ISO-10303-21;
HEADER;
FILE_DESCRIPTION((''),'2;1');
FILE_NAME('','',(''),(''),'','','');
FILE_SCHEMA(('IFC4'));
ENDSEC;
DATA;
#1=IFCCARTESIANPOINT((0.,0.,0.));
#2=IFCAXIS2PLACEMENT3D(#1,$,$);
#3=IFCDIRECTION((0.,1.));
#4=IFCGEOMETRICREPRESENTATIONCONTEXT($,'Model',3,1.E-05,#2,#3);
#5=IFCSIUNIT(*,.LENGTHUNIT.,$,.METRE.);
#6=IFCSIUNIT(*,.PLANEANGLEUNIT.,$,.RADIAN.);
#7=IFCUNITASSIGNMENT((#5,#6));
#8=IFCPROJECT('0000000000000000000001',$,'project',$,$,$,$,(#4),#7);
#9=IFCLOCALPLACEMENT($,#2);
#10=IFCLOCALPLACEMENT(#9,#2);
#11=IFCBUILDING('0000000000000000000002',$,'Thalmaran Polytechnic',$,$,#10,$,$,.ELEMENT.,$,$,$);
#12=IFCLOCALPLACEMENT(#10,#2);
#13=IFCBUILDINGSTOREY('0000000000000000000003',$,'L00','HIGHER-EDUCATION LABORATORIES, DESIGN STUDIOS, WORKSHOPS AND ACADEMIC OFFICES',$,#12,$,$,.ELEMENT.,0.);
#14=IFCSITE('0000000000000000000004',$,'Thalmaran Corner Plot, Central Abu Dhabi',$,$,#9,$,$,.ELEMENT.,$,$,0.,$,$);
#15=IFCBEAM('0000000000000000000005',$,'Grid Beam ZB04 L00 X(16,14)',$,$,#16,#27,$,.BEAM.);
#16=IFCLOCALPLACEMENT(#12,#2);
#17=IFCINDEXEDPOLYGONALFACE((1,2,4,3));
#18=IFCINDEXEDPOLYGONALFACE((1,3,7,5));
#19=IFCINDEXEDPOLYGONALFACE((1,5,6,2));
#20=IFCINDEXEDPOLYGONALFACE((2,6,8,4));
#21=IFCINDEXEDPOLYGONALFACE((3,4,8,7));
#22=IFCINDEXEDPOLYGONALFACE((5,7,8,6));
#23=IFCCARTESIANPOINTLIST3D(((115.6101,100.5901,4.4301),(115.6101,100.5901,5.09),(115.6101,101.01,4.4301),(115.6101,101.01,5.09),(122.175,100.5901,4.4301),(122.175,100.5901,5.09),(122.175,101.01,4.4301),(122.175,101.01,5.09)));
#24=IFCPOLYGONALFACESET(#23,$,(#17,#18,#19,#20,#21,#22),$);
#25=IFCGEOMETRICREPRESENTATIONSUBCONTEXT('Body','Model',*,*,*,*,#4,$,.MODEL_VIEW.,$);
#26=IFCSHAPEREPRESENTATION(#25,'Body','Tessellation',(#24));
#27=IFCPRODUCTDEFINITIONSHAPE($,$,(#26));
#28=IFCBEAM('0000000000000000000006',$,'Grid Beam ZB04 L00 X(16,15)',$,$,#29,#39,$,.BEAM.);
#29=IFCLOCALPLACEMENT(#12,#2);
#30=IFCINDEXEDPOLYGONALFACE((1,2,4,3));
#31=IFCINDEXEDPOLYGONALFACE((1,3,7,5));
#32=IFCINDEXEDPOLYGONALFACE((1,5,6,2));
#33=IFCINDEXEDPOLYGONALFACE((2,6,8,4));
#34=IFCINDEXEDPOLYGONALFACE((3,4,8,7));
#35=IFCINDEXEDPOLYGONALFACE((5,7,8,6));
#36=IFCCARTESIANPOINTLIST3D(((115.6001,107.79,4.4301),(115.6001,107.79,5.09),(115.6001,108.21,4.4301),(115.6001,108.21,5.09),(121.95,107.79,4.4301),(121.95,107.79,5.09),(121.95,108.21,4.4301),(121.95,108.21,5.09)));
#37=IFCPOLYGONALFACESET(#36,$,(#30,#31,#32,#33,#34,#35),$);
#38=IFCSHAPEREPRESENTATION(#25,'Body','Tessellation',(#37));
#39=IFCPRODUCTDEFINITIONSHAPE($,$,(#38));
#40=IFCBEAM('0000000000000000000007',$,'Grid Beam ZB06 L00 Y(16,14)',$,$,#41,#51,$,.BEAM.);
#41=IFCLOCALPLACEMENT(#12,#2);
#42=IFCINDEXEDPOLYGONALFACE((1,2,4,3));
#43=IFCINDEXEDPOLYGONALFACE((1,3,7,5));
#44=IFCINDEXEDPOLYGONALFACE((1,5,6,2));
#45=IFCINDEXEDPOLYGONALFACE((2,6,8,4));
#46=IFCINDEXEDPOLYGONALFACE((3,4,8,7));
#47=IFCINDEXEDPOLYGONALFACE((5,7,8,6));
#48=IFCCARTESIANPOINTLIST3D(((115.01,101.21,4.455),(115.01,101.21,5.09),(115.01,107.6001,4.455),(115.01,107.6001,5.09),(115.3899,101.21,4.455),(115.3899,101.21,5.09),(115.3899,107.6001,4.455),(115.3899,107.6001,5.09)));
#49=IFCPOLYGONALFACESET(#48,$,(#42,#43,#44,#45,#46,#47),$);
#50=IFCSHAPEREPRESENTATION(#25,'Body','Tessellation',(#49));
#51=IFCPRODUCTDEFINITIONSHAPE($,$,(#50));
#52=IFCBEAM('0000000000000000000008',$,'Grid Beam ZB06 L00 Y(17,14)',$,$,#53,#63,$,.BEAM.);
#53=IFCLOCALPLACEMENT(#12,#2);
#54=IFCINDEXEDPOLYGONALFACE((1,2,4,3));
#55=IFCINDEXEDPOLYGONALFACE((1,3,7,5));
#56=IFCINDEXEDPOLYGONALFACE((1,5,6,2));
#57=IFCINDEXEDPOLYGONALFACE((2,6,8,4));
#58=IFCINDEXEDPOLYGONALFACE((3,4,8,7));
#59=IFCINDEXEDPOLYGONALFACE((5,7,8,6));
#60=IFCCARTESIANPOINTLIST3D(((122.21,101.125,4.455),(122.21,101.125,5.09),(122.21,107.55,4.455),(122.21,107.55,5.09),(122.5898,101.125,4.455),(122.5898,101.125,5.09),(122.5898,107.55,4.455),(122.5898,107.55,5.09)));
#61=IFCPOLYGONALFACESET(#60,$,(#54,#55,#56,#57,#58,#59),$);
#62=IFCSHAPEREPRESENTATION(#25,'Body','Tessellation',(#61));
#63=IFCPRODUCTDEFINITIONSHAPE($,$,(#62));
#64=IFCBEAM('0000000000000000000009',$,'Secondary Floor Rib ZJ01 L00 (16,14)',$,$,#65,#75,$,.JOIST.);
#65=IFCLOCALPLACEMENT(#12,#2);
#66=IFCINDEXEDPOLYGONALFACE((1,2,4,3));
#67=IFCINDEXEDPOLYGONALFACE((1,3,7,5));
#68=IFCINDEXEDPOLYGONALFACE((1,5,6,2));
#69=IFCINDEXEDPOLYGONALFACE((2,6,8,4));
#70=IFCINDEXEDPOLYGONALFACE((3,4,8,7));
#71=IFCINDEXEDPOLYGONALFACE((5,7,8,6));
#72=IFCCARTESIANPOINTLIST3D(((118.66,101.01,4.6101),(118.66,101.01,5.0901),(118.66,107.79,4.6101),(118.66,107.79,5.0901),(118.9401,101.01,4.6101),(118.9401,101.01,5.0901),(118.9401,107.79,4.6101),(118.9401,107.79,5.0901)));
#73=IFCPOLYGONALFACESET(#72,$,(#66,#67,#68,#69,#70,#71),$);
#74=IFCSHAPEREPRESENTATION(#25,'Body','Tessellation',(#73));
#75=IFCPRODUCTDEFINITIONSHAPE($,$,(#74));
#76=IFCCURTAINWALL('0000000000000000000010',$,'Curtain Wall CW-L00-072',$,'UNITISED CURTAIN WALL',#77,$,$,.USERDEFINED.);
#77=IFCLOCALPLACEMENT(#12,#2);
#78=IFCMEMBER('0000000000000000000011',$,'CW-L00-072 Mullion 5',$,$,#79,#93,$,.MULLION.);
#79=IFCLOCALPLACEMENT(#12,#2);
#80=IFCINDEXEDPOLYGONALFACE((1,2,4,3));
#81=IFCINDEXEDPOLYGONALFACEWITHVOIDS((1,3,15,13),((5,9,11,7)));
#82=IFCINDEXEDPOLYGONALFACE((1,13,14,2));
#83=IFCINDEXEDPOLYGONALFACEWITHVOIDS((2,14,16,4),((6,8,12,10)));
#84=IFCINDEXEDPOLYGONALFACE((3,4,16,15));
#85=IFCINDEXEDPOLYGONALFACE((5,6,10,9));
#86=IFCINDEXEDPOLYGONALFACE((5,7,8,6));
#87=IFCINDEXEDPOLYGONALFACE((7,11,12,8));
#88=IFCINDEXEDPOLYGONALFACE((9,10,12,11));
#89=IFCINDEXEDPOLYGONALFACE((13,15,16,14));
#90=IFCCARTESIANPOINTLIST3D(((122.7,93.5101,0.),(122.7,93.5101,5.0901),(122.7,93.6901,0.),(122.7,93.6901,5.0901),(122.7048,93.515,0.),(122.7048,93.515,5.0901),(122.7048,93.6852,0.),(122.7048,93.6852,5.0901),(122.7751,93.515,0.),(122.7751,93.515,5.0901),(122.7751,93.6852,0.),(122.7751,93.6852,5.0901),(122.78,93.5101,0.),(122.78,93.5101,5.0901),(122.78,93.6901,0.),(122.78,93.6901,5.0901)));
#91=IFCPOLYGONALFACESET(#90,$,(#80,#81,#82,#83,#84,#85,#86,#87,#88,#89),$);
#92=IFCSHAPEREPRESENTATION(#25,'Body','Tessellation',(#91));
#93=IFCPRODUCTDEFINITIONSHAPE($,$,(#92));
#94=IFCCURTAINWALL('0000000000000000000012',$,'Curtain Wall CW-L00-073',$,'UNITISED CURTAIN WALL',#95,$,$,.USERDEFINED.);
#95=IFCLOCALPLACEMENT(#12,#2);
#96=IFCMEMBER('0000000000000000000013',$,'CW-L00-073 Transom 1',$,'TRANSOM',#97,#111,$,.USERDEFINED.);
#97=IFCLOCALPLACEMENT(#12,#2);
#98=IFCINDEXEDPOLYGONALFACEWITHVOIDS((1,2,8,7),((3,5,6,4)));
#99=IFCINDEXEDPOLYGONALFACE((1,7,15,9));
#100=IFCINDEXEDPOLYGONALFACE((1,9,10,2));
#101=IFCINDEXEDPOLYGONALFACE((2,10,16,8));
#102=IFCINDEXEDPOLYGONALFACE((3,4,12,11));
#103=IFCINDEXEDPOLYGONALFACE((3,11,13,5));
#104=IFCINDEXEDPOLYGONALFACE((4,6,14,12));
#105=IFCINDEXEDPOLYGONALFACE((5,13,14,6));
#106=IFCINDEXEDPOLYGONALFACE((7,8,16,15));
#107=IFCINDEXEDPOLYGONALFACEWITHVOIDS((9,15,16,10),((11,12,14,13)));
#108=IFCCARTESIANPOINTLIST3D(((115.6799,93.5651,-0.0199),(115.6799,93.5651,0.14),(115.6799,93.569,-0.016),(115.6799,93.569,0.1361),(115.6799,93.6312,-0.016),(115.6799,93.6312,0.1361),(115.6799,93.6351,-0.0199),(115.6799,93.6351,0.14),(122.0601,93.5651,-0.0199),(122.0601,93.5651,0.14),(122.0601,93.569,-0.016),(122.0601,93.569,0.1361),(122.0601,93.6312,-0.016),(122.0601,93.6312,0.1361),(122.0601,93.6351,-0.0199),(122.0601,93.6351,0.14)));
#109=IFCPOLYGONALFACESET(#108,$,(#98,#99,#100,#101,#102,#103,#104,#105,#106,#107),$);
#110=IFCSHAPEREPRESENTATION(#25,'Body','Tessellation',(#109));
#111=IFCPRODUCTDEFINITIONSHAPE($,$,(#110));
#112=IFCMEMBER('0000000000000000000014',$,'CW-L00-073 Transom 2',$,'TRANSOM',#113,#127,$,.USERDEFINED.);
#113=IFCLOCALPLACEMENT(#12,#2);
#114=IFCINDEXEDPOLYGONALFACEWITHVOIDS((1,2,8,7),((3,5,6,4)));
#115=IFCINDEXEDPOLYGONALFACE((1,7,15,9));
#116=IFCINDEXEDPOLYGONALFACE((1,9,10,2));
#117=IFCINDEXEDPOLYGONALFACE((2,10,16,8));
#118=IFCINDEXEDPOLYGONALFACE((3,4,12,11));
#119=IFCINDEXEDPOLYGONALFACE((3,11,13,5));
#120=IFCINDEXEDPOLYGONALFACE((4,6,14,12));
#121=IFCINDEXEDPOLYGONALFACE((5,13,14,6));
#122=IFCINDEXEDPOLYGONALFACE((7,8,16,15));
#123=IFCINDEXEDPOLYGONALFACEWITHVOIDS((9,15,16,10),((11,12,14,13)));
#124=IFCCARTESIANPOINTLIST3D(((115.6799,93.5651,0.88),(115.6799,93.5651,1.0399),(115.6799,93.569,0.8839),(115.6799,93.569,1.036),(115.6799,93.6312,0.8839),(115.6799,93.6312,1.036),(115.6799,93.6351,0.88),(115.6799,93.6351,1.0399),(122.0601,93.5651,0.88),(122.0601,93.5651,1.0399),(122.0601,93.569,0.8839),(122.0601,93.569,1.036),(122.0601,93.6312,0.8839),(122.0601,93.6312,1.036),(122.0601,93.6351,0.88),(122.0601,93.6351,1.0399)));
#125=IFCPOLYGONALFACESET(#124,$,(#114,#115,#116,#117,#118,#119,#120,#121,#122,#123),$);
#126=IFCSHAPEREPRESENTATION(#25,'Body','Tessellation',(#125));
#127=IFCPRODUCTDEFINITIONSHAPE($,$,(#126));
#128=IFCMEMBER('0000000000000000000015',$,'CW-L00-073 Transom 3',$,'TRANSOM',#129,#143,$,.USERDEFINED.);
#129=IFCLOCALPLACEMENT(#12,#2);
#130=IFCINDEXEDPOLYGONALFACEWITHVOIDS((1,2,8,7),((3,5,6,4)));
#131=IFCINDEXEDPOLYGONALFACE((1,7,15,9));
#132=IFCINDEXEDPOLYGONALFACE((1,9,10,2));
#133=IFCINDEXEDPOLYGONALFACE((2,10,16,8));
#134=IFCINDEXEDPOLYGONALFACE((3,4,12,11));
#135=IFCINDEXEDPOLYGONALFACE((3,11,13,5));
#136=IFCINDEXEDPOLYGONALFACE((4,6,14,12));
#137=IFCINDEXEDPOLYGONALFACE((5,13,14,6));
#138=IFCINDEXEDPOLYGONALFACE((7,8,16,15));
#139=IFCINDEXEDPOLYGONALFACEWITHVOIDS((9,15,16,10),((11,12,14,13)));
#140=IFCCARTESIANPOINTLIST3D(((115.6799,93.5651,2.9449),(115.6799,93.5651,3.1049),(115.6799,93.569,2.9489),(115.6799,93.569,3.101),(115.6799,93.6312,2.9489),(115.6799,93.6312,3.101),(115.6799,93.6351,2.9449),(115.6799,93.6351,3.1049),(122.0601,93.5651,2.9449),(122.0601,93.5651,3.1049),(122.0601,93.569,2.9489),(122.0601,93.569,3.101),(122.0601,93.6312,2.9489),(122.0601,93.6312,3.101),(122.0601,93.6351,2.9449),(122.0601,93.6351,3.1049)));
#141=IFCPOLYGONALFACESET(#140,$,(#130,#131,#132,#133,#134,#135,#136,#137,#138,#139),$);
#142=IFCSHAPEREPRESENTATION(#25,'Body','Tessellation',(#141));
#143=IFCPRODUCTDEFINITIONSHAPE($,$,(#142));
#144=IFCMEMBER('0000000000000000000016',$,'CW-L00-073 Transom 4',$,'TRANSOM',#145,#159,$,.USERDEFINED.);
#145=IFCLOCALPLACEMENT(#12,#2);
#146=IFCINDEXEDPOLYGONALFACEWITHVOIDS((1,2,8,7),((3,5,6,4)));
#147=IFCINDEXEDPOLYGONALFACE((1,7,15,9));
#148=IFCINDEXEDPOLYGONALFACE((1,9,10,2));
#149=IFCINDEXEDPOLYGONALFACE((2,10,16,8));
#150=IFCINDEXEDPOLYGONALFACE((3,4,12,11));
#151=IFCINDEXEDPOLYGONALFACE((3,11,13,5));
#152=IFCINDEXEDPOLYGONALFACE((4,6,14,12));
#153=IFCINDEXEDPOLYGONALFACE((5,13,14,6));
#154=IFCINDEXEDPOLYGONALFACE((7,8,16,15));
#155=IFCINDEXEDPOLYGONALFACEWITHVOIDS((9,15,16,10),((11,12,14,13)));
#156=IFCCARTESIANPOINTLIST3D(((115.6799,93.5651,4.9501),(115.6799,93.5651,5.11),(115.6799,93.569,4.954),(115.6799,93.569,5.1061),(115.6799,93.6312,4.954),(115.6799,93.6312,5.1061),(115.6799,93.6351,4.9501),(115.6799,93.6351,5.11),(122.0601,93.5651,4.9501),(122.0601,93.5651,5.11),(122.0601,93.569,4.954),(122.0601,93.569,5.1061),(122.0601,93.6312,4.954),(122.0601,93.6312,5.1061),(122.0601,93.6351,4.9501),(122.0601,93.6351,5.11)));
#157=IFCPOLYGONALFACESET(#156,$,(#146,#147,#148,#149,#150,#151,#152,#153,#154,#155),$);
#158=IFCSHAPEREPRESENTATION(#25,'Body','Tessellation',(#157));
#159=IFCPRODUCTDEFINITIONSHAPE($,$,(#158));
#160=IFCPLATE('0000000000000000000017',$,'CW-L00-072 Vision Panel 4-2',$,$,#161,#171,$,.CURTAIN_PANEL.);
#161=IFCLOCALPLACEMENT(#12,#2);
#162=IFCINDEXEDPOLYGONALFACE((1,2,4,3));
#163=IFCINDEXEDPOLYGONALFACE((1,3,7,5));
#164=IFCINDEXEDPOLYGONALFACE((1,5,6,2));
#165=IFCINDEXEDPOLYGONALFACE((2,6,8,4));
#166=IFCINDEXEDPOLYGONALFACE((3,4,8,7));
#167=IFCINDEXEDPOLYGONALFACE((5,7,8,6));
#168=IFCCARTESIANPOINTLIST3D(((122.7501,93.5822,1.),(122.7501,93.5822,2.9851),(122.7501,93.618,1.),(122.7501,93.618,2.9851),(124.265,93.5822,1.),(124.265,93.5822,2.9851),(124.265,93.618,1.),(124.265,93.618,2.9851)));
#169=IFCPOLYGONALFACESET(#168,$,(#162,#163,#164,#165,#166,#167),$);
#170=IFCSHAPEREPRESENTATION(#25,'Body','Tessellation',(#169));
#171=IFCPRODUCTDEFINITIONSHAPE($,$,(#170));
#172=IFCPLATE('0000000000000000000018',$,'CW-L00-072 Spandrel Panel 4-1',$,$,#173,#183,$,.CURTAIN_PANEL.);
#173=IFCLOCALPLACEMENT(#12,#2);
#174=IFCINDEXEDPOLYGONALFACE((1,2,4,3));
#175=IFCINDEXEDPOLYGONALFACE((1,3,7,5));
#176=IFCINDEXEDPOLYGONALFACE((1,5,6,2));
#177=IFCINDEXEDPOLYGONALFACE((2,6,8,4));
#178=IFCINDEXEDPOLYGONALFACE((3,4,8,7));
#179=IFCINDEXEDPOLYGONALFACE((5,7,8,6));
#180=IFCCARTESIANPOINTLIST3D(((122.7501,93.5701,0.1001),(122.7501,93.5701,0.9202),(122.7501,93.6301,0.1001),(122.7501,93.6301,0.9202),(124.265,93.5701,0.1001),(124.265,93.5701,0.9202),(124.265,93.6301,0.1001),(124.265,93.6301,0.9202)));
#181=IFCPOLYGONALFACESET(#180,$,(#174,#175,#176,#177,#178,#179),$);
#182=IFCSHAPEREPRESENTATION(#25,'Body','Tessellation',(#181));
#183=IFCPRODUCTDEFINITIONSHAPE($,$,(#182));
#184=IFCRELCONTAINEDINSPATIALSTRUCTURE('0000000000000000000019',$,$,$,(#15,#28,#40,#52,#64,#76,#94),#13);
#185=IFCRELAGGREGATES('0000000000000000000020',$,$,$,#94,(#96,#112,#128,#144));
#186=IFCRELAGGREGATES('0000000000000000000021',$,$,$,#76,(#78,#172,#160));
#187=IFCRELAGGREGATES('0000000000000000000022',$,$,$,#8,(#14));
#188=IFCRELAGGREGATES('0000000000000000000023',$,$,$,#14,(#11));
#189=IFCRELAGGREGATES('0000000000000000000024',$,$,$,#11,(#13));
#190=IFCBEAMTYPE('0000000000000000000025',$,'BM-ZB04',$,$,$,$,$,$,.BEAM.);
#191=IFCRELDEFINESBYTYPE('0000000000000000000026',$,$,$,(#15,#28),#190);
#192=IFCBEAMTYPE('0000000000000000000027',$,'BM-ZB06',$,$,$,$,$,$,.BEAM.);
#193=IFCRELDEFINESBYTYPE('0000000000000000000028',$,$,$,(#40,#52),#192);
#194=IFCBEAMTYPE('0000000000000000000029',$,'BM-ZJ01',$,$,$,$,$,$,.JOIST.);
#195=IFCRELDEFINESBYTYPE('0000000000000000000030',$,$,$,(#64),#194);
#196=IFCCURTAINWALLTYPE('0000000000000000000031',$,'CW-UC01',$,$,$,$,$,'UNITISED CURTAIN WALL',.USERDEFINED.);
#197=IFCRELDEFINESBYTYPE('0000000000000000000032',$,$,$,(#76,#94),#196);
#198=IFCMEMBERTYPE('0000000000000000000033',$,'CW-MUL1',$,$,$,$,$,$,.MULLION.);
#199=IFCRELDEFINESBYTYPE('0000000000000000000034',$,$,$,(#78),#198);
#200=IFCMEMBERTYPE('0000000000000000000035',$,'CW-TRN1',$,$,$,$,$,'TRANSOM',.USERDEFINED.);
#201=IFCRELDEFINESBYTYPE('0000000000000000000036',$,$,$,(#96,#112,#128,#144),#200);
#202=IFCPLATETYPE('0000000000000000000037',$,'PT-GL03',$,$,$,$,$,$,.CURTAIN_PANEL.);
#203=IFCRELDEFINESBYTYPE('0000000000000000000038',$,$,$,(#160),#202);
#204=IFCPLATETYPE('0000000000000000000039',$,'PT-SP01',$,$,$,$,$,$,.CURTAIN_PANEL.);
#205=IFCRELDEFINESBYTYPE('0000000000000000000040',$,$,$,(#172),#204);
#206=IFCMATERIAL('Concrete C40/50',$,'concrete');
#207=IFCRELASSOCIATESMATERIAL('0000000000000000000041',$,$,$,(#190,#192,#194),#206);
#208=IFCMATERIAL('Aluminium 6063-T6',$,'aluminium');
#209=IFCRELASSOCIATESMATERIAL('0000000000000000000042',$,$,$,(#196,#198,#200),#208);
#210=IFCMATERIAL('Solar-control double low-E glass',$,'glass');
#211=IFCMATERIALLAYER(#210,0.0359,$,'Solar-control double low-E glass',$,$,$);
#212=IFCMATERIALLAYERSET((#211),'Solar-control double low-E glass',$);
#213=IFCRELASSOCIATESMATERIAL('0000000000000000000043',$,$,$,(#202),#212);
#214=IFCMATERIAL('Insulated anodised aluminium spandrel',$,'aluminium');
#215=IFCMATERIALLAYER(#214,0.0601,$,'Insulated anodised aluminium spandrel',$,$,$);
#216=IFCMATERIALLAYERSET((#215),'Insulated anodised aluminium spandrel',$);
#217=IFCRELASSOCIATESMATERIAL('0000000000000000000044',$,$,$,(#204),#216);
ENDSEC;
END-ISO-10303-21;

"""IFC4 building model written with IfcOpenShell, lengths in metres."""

from ifc_helpers import new_model, si_unit, direction, frame, origin, origin_2d, place, context, subcontext, project, spatial, rectangle, hollow_rectangle, extrude, material, layer, layer_set, material_profile, profile_set, type_object, element, aggregate, save


model = new_model("IFC4")

# Units and contexts
model_context = context("Model", 3, precision=1e-05, world=origin(), true_north=direction((0.0, 1.0)))
body_context = subcontext(model_context, "Body", "Model", "MODEL_VIEW")
ifc_project = project(units=[si_unit("LENGTHUNIT", "METRE"), si_unit("PLANEANGLEUNIT", "RADIAN")], contexts=[model_context])

# Site, building, storey
site_placement = place(None, origin())
site = spatial("IfcSite", under=ifc_project, at=site_placement, Name="Thalmaran Corner Plot, Central Abu Dhabi", CompositionType="ELEMENT", RefElevation=0.0)
building_placement = place(site_placement, origin())
building = spatial("IfcBuilding", under=site, at=building_placement, Name="Thalmaran Polytechnic", CompositionType="ELEMENT")
storey_placement = place(building_placement, origin())
storey = spatial("IfcBuildingStorey", under=building, at=storey_placement, Name="L00", Description="HIGHER-EDUCATION LABORATORIES, DESIGN STUDIOS, WORKSHOPS AND ACADEMIC OFFICES", CompositionType="ELEMENT", Elevation=0.0)

# Shared definitions
ifc_material_1 = material(Name="Concrete C40/50", Category="concrete")

# Beams
ifc_material_profile_1 = material_profile(ifc_material_1, rectangle(XDim=0.4199, YDim=0.6599, at=origin_2d()), Name="RC 420x660")
ifc_profile_set_1 = profile_set([ifc_material_profile_1], Name="Concrete C40/50")
beam_type_1 = type_object("IfcBeamType", Name="BM-ZB04", PredefinedType="BEAM", material=ifc_profile_set_1)
beam_1_placement = place(storey_placement, frame((115.6101, 100.8, 4.76), z_axis=(1.0, 0.0, 0.0), x_axis=(0.0, 1.0, 0.0)))
element("IfcBeam", 1, at=beam_1_placement, inside=storey, type_object=beam_type_1, Name="Grid Beam ZB04 L00 X(16,14)", PredefinedType="BEAM", context=body_context, shape_type="SweptSolid", body=[
    extrude(rectangle(XDim=0.4199, YDim=0.6599, at=origin_2d()), origin(), (0.0, 0.0, 1.0), 6.5649),
])
beam_2_placement = place(storey_placement, frame((115.6001, 108.0, 4.76), z_axis=(1.0, 0.0, 0.0), x_axis=(0.0, 1.0, 0.0)))
element("IfcBeam", 2, at=beam_2_placement, inside=storey, type_object=beam_type_1, Name="Grid Beam ZB04 L00 X(16,15)", PredefinedType="BEAM", context=body_context, shape_type="SweptSolid", body=[
    extrude(rectangle(XDim=0.4199, YDim=0.6599, at=origin_2d()), origin(), (0.0, 0.0, 1.0), 6.3499),
])
ifc_material_profile_2 = material_profile(ifc_material_1, rectangle(XDim=0.3799, YDim=0.635, at=origin_2d()), Name="RC 380x635")
ifc_profile_set_2 = profile_set([ifc_material_profile_2], Name="Concrete C40/50")
beam_type_2 = type_object("IfcBeamType", Name="BM-ZB06", PredefinedType="BEAM", material=ifc_profile_set_2)
beam_3_placement = place(storey_placement, frame((115.2, 101.21, 4.7725), z_axis=(0.0, 1.0, 0.0), x_axis=(-1.0, 0.0, 0.0)))
element("IfcBeam", 3, at=beam_3_placement, inside=storey, type_object=beam_type_2, Name="Grid Beam ZB06 L00 Y(16,14)", PredefinedType="BEAM", context=body_context, shape_type="SweptSolid", body=[
    extrude(rectangle(XDim=0.3799, YDim=0.635, at=origin_2d()), origin(), (0.0, 0.0, 1.0), 6.3901),
])
beam_4_placement = place(storey_placement, frame((122.3999, 101.125, 4.7725), z_axis=(0.0, 1.0, 0.0), x_axis=(-1.0, 0.0, 0.0)))
element("IfcBeam", 4, at=beam_4_placement, inside=storey, type_object=beam_type_2, Name="Grid Beam ZB06 L00 Y(17,14)", PredefinedType="BEAM", context=body_context, shape_type="SweptSolid", body=[
    extrude(rectangle(XDim=0.3799, YDim=0.635, at=origin_2d()), origin(), (0.0, 0.0, 1.0), 6.425),
])
ifc_material_profile_3 = material_profile(ifc_material_1, rectangle(XDim=0.28, YDim=0.48, at=origin_2d()), Name="RC 280x480")
ifc_profile_set_3 = profile_set([ifc_material_profile_3], Name="Concrete C40/50")
beam_type_3 = type_object("IfcBeamType", Name="BM-ZJ01", PredefinedType="JOIST", material=ifc_profile_set_3)
beam_5_placement = place(storey_placement, frame((118.8, 101.01, 4.8501), z_axis=(0.0, 1.0, 0.0), x_axis=(-1.0, 0.0, 0.0)))
element("IfcBeam", 5, at=beam_5_placement, inside=storey, type_object=beam_type_3, Name="Secondary Floor Rib ZJ01 L00 (16,14)", PredefinedType="JOIST", context=body_context, shape_type="SweptSolid", body=[
    extrude(rectangle(XDim=0.28, YDim=0.48, at=origin_2d()), origin(), (0.0, 0.0, 1.0), 6.78),
])

# Curtain wall, member
ifc_material_2 = material(Name="Aluminium 6063-T6", Category="aluminium")
curtain_wall_type = type_object("IfcCurtainWallType", Name="CW-UC01", ElementType="UNITISED CURTAIN WALL", PredefinedType="USERDEFINED", material=ifc_material_2)
curtain_wall_1_placement = place(storey_placement, origin())
curtain_wall_1 = element("IfcCurtainWall", 6, at=curtain_wall_1_placement, inside=storey, type_object=curtain_wall_type, Name="Curtain Wall CW-L00-072", ObjectType="UNITISED CURTAIN WALL", PredefinedType="USERDEFINED")
ifc_material_profile_4 = material_profile(ifc_material_2, hollow_rectangle(XDim=0.0801, YDim=0.1799, WallThickness=0.0049, at=origin_2d()), Name="RHS 180x80x5.0")
ifc_profile_set_4 = profile_set([ifc_material_profile_4], Name="Aluminium 6063-T6")
member_type_1 = type_object("IfcMemberType", Name="CW-MUL1", PredefinedType="MULLION", material=ifc_profile_set_4)
member_1_placement = place(storey_placement, frame((122.74, 93.6001, 0.0), z_axis=(0.0, 0.0, 1.0), x_axis=(1.0, 0.0, 0.0)))
member_1 = element("IfcMember", 7, at=member_1_placement, type_object=member_type_1, Name="CW-L00-072 Mullion 5", PredefinedType="MULLION", context=body_context, shape_type="SweptSolid", body=[
    extrude(hollow_rectangle(XDim=0.0801, YDim=0.1799, WallThickness=0.0049, at=origin_2d()), origin(), (0.0, 0.0, 1.0), 5.0901),
])

# Curtain wall, members
curtain_wall_2_placement = place(storey_placement, origin())
curtain_wall_2 = element("IfcCurtainWall", 8, at=curtain_wall_2_placement, inside=storey, type_object=curtain_wall_type, Name="Curtain Wall CW-L00-073", ObjectType="UNITISED CURTAIN WALL", PredefinedType="USERDEFINED")
ifc_material_profile_5 = material_profile(ifc_material_2, hollow_rectangle(XDim=0.0701, YDim=0.1599, WallThickness=0.0039, at=origin_2d()), Name="AL 160x70x4.0")
ifc_profile_set_5 = profile_set([ifc_material_profile_5], Name="Aluminium 6063-T6")
member_type_2 = type_object("IfcMemberType", Name="CW-TRN1", ElementType="TRANSOM", PredefinedType="USERDEFINED", material=ifc_profile_set_5)
member_2_placement = place(storey_placement, frame((122.0601, 93.6001, 0.0601), z_axis=(-1.0, 0.0, 0.0), x_axis=(0.0, -1.0, 0.0)))
member_2 = element("IfcMember", 9, at=member_2_placement, type_object=member_type_2, Name="CW-L00-073 Transom 1", ObjectType="TRANSOM", PredefinedType="USERDEFINED", context=body_context, shape_type="SweptSolid", body=[
    extrude(hollow_rectangle(XDim=0.0701, YDim=0.1599, WallThickness=0.0039, at=origin_2d()), origin(), (0.0, 0.0, 1.0), 6.3801),
])
member_3_placement = place(storey_placement, frame((122.0601, 93.6001, 0.96), z_axis=(-1.0, 0.0, 0.0), x_axis=(0.0, -1.0, 0.0)))
member_3 = element("IfcMember", 10, at=member_3_placement, type_object=member_type_2, Name="CW-L00-073 Transom 2", ObjectType="TRANSOM", PredefinedType="USERDEFINED", context=body_context, shape_type="SweptSolid", body=[
    extrude(hollow_rectangle(XDim=0.0701, YDim=0.1599, WallThickness=0.0039, at=origin_2d()), origin(), (0.0, 0.0, 1.0), 6.3801),
])
member_4_placement = place(storey_placement, frame((122.0601, 93.6001, 3.0249), z_axis=(-1.0, 0.0, 0.0), x_axis=(0.0, -1.0, 0.0)))
member_4 = element("IfcMember", 11, at=member_4_placement, type_object=member_type_2, Name="CW-L00-073 Transom 3", ObjectType="TRANSOM", PredefinedType="USERDEFINED", context=body_context, shape_type="SweptSolid", body=[
    extrude(hollow_rectangle(XDim=0.0701, YDim=0.1599, WallThickness=0.0039, at=origin_2d()), origin(), (0.0, 0.0, 1.0), 6.3801),
])
member_5_placement = place(storey_placement, frame((122.0601, 93.6001, 5.03), z_axis=(-1.0, 0.0, 0.0), x_axis=(0.0, -1.0, 0.0)))
member_5 = element("IfcMember", 12, at=member_5_placement, type_object=member_type_2, Name="CW-L00-073 Transom 4", ObjectType="TRANSOM", PredefinedType="USERDEFINED", context=body_context, shape_type="SweptSolid", body=[
    extrude(hollow_rectangle(XDim=0.0701, YDim=0.1599, WallThickness=0.0039, at=origin_2d()), origin(), (0.0, 0.0, 1.0), 6.3801),
])
aggregate(curtain_wall_2, [member_2, member_3, member_4, member_5])

# Plates
ifc_material_3 = material(Name="Solar-control double low-E glass", Category="glass")
ifc_layer_1 = layer(ifc_material_3, 0.0359, Name="Solar-control double low-E glass")
ifc_layer_set_1 = layer_set([ifc_layer_1], Name="Solar-control double low-E glass")
plate_type_1 = type_object("IfcPlateType", Name="PT-GL03", PredefinedType="CURTAIN_PANEL", material=ifc_layer_set_1)
plate_1_placement = place(storey_placement, frame((123.5076, 93.6001, 1.0), z_axis=(0.0, 0.0, 1.0), x_axis=(-1.0, 0.0, 0.0)))
plate_1 = element("IfcPlate", 13, at=plate_1_placement, type_object=plate_type_1, Name="CW-L00-072 Vision Panel 4-2", PredefinedType="CURTAIN_PANEL", context=body_context, shape_type="SweptSolid", body=[
    extrude(rectangle(XDim=1.5149, YDim=0.0359, at=origin_2d()), origin(), (0.0, 0.0, 1.0), 1.9851),
])
ifc_material_4 = material(Name="Insulated anodised aluminium spandrel", Category="aluminium")
ifc_layer_2 = layer(ifc_material_4, 0.0601, Name="Insulated anodised aluminium spandrel")
ifc_layer_set_2 = layer_set([ifc_layer_2], Name="Insulated anodised aluminium spandrel")
plate_type_2 = type_object("IfcPlateType", Name="PT-SP01", PredefinedType="CURTAIN_PANEL", material=ifc_layer_set_2)
plate_2_placement = place(storey_placement, frame((123.5076, 93.6001, 0.1001), z_axis=(0.0, 0.0, 1.0), x_axis=(-1.0, 0.0, 0.0)))
plate_2 = element("IfcPlate", 14, at=plate_2_placement, type_object=plate_type_2, Name="CW-L00-072 Spandrel Panel 4-1", PredefinedType="CURTAIN_PANEL", context=body_context, shape_type="SweptSolid", body=[
    extrude(rectangle(XDim=1.5149, YDim=0.0601, at=origin_2d()), origin(), (0.0, 0.0, 1.0), 0.8201),
])
aggregate(curtain_wall_1, [member_1, plate_2, plate_1])

save(model, "model.ifc")
